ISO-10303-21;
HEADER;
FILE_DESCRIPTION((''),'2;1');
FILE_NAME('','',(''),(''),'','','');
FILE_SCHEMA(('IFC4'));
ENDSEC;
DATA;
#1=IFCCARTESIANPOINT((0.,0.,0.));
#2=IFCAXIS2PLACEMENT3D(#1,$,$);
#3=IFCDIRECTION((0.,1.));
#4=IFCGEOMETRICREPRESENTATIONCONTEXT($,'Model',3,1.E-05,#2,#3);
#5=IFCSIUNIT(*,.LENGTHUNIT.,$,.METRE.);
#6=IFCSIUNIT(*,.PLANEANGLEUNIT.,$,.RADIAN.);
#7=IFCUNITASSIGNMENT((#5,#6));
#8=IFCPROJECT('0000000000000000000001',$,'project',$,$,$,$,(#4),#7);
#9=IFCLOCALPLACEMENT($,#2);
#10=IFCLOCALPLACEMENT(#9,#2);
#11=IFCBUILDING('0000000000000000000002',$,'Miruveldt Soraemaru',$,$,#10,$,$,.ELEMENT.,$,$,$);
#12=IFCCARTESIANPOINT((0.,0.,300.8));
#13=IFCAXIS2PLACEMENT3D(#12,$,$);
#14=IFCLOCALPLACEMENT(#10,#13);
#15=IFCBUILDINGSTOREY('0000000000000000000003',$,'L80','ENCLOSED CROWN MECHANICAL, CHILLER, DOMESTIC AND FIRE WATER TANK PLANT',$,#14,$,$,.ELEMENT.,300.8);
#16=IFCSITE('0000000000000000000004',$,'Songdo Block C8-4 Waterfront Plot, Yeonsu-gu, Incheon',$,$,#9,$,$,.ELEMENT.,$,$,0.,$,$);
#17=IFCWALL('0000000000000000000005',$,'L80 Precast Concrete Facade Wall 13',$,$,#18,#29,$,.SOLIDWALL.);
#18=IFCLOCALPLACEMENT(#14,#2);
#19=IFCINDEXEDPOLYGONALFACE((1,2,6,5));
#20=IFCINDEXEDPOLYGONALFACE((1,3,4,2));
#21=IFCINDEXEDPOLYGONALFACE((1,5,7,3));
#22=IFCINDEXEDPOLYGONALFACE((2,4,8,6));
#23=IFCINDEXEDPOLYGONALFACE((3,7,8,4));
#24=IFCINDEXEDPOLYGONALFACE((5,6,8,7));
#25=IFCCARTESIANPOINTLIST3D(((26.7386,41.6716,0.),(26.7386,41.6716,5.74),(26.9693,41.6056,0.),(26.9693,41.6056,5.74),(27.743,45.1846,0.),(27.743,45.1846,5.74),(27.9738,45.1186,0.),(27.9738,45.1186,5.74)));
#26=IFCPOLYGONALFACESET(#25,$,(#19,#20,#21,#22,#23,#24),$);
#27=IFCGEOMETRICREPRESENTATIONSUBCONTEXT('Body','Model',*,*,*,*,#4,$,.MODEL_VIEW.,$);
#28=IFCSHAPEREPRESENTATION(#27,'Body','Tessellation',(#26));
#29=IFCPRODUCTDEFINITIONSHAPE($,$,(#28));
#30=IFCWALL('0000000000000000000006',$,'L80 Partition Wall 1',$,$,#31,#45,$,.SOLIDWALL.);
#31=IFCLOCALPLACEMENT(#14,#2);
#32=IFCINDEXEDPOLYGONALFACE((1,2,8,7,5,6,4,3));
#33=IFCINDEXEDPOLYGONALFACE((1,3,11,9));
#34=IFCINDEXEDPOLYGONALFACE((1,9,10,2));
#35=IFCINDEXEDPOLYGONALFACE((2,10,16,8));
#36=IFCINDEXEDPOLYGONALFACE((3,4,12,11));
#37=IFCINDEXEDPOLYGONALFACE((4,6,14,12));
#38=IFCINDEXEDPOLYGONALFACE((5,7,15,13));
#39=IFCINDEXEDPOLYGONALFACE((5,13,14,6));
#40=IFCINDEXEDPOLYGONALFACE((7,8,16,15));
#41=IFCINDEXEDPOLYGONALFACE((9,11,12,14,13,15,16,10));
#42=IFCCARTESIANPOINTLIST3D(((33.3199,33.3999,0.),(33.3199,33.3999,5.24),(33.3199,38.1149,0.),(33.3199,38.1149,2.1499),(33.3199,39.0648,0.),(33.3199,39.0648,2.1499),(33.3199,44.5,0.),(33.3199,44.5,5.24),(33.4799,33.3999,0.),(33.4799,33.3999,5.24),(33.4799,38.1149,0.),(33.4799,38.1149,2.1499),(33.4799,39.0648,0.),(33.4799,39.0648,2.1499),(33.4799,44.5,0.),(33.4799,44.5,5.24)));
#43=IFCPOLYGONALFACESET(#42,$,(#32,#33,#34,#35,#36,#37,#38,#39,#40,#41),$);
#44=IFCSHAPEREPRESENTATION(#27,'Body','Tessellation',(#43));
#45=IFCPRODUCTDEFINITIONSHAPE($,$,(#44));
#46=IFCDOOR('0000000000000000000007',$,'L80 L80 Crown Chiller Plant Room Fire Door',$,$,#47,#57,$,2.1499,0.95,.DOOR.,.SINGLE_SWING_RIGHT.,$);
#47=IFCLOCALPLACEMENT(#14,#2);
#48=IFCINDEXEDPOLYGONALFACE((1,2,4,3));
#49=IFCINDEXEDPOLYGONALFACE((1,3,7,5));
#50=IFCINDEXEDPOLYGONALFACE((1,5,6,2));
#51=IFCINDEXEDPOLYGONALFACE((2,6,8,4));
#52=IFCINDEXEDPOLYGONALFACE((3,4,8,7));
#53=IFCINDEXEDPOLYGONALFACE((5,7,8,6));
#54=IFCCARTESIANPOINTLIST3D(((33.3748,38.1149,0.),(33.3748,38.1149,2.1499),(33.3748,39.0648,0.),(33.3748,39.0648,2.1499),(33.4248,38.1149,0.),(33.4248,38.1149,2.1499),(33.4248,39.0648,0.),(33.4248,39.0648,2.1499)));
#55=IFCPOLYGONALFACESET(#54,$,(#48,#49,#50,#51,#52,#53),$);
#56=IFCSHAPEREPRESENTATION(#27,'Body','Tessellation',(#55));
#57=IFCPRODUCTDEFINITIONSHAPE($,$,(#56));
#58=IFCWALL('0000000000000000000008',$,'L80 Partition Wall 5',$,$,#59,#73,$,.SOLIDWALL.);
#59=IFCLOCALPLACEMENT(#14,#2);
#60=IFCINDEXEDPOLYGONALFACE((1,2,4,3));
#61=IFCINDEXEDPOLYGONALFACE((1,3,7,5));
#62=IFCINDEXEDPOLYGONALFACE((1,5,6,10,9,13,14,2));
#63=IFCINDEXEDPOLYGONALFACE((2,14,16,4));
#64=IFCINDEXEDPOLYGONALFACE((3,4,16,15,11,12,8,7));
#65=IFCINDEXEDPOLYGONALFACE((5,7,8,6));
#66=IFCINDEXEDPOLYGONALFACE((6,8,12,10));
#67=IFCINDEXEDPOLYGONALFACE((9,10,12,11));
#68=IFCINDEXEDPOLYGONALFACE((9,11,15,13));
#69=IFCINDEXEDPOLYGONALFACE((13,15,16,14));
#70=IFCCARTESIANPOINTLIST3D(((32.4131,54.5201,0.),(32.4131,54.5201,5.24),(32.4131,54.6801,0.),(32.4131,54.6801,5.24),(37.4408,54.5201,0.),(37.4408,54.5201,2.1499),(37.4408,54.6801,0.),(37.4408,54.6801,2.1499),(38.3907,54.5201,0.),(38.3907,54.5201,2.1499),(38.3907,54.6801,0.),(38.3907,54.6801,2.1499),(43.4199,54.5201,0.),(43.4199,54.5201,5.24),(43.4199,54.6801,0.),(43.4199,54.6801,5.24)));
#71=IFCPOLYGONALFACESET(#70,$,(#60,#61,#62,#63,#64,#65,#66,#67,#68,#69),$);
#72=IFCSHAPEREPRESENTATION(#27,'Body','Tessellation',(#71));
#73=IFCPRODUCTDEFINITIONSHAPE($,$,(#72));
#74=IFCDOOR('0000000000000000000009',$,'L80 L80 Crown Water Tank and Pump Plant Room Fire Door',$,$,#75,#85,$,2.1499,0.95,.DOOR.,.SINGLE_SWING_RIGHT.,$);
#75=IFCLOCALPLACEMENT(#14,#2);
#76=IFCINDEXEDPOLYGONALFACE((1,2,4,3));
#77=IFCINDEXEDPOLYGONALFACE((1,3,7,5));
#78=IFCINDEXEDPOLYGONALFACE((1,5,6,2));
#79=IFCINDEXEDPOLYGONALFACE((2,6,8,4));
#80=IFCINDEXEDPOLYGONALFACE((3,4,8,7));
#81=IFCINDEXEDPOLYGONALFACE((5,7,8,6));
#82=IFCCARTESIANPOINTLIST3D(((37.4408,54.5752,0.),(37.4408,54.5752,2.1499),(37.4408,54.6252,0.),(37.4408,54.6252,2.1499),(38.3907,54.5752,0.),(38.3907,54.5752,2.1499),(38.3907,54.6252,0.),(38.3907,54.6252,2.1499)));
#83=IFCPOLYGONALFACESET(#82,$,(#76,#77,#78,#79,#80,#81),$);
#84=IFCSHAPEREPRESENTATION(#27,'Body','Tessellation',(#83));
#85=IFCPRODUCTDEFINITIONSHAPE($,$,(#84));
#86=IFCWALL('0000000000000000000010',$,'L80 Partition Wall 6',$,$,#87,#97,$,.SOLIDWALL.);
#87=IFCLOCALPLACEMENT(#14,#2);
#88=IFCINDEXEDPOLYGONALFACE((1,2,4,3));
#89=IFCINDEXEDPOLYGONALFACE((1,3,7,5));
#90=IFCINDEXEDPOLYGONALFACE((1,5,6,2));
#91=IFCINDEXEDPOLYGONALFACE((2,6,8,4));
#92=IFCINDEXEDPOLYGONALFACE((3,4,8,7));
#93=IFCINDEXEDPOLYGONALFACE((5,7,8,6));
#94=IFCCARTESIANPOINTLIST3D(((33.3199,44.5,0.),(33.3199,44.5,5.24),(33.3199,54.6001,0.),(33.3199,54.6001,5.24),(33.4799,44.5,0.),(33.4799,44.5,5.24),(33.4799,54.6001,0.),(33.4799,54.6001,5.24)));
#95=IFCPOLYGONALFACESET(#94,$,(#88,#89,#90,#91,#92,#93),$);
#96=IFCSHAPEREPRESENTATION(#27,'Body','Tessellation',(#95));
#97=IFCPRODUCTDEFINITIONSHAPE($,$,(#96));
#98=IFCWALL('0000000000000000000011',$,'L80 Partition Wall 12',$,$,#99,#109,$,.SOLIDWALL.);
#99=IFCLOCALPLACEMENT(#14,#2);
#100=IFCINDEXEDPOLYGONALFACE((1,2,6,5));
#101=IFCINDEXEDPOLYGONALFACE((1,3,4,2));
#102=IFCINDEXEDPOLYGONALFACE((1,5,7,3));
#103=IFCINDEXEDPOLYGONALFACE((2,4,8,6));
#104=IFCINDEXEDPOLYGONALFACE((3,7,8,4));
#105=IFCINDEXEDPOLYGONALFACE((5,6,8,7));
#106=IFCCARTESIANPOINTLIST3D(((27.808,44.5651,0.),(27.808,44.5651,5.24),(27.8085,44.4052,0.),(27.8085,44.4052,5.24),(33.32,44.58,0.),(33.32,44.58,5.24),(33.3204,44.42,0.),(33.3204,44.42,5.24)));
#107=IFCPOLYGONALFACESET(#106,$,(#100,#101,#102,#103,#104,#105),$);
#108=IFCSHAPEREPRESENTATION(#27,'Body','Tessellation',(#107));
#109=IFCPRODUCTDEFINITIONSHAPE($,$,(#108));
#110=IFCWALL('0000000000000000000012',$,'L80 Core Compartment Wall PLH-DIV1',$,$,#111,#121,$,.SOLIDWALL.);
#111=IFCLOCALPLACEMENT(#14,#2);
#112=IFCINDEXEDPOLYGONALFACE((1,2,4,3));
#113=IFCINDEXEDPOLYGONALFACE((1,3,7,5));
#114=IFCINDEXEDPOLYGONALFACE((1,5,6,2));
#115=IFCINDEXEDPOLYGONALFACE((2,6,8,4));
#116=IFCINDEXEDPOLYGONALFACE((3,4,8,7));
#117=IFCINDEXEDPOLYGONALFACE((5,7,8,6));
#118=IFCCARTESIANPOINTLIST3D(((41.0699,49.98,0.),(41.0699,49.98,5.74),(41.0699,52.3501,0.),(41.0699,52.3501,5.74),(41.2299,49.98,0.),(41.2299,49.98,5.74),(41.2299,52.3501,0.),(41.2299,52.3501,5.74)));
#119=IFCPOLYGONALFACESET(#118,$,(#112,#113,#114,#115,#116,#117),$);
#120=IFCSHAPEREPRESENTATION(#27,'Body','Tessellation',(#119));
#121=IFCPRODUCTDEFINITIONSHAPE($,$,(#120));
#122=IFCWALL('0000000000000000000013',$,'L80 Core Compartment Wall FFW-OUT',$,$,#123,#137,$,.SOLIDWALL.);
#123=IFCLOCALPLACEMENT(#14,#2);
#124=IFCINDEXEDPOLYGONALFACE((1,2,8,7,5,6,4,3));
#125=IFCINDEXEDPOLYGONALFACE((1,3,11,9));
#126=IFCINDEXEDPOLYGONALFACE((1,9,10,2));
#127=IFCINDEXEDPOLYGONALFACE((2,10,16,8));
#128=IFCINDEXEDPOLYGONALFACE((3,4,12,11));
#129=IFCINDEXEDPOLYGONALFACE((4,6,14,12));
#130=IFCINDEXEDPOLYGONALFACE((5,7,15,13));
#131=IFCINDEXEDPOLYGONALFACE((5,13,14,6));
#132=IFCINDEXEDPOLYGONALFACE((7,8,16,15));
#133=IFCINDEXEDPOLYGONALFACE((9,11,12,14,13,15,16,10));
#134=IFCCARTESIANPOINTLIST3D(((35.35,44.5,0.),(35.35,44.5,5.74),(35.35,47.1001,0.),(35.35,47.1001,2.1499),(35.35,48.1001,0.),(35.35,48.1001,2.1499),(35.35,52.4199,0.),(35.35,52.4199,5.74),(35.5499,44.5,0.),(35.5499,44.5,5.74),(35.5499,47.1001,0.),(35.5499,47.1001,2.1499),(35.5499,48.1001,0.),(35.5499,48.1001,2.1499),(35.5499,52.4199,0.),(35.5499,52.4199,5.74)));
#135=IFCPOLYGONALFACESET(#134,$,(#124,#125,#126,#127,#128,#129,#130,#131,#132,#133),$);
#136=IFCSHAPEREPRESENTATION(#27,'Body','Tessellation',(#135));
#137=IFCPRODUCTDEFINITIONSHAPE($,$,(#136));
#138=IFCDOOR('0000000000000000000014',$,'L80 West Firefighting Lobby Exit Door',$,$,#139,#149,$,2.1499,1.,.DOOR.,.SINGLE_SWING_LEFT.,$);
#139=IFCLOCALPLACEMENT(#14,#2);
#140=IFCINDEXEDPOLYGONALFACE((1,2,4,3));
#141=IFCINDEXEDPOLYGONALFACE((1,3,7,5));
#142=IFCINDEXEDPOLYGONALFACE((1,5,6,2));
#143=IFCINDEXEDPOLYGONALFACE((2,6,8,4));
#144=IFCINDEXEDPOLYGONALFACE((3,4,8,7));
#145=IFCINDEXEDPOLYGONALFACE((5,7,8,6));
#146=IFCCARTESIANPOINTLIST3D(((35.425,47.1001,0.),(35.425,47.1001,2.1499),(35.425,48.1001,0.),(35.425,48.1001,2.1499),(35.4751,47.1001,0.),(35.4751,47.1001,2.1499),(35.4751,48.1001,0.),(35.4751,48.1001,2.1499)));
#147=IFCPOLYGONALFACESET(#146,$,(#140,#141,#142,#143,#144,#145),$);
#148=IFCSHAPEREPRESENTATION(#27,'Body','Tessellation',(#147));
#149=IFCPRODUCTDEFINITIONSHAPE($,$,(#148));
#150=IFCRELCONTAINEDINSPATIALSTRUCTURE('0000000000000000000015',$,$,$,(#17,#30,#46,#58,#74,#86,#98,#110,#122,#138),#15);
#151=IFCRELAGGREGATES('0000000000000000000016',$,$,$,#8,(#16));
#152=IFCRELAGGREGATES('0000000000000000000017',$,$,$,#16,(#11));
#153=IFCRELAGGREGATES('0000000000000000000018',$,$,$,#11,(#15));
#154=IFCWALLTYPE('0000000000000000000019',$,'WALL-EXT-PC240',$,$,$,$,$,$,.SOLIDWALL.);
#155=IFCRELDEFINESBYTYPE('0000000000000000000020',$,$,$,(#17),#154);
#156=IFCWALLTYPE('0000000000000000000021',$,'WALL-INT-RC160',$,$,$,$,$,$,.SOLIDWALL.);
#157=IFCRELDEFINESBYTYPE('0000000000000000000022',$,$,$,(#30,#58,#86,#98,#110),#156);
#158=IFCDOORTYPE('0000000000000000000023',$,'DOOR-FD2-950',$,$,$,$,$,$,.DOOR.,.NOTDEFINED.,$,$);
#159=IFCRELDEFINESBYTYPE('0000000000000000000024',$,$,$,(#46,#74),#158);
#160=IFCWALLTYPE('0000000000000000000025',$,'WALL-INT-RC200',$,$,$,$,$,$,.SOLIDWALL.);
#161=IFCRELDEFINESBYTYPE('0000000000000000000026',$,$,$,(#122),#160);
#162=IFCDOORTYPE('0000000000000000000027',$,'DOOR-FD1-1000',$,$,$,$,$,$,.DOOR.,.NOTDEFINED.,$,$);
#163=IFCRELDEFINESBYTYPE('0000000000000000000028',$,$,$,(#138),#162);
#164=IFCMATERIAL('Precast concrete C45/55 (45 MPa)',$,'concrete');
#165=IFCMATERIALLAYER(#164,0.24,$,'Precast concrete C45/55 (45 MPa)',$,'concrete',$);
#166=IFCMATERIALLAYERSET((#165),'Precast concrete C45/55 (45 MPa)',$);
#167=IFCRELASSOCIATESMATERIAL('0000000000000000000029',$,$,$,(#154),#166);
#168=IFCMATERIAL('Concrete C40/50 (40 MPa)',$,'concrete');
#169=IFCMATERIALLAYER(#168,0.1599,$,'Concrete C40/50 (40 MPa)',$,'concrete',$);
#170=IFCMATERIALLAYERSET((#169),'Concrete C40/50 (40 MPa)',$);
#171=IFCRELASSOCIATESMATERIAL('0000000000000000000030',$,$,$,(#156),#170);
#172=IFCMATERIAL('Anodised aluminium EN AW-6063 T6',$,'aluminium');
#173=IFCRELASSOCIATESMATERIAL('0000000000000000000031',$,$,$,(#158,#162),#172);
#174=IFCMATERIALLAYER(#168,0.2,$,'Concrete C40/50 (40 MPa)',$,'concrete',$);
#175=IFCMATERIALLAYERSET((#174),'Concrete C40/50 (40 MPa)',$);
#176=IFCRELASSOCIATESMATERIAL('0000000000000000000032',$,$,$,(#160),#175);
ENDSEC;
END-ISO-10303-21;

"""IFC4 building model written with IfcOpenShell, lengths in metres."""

from ifc_helpers import new_model, si_unit, direction, frame, frame_2d, origin, place, context, subcontext, project, spatial, rectangle, extrude, material, layer, layer_set, type_object, element, fill, save


model = new_model("IFC4")

# Units and contexts
model_context = context("Model", 3, precision=1e-05, world=origin(), true_north=direction((0.0, 1.0)))
body_context = subcontext(model_context, "Body", "Model", "MODEL_VIEW")
ifc_project = project(units=[si_unit("LENGTHUNIT", "METRE"), si_unit("PLANEANGLEUNIT", "RADIAN")], contexts=[model_context])

# Site, building, storey
site_placement = place(None, origin())
site = spatial("IfcSite", under=ifc_project, at=site_placement, Name="Songdo Block C8-4 Waterfront Plot, Yeonsu-gu, Incheon", CompositionType="ELEMENT", RefElevation=0.0)
building_placement = place(site_placement, origin())
building = spatial("IfcBuilding", under=site, at=building_placement, Name="Miruveldt Soraemaru", CompositionType="ELEMENT")
storey_placement = place(building_placement, frame((0.0, 0.0, 300.8)))
storey = spatial("IfcBuildingStorey", under=building, at=storey_placement, Name="L80", Description="ENCLOSED CROWN MECHANICAL, CHILLER, DOMESTIC AND FIRE WATER TANK PLANT", CompositionType="ELEMENT", Elevation=300.8)

# Wall
ifc_material_1 = material(Name="Precast concrete C45/55 (45 MPa)", Category="concrete")
ifc_layer_1 = layer(ifc_material_1, 0.24, Name="Precast concrete C45/55 (45 MPa)", Category="concrete")
ifc_layer_set_1 = layer_set([ifc_layer_1], Name="Precast concrete C45/55 (45 MPa)")
wall_type_1 = type_object("IfcWallType", Name="WALL-EXT-PC240", PredefinedType="SOLIDWALL", material=ifc_layer_set_1)
wall_1_placement = place(storey_placement, frame((27.8584, 45.1516, 0.0), z_axis=(0.0, 0.0, 1.0), x_axis=(-0.274898, -0.961474, 0.0)))
element("IfcWall", 1, at=wall_1_placement, inside=storey, type_object=wall_type_1, Name="L80 Precast Concrete Facade Wall 13", PredefinedType="SOLIDWALL", context=body_context, shape_type="SweptSolid", body=[
    extrude(rectangle(XDim=3.6538, YDim=0.24, at=frame_2d((1.8269, 0.0))), origin(), (0.0, 0.0, 1.0), 5.74),
])

# Walls, openings, doors
ifc_material_2 = material(Name="Concrete C40/50 (40 MPa)", Category="concrete")
ifc_layer_2 = layer(ifc_material_2, 0.1599, Name="Concrete C40/50 (40 MPa)", Category="concrete")
ifc_layer_set_2 = layer_set([ifc_layer_2], Name="Concrete C40/50 (40 MPa)")
wall_type_2 = type_object("IfcWallType", Name="WALL-INT-RC160", PredefinedType="SOLIDWALL", material=ifc_layer_set_2)
wall_2_placement = place(storey_placement, frame((33.3999, 44.5, 0.0), z_axis=(0.0, 0.0, 1.0), x_axis=(0.0, -1.0, 0.0)))
wall_2 = element("IfcWall", 2, at=wall_2_placement, inside=storey, type_object=wall_type_2, Name="L80 Partition Wall 1", PredefinedType="SOLIDWALL", context=body_context, shape_type="SweptSolid", body=[
    extrude(rectangle(XDim=11.1001, YDim=0.1599, at=frame_2d((5.55, 0.0))), origin(), (0.0, 0.0, 1.0), 5.24),
])
opening_1_placement = place(wall_2_placement, frame((5.4351, 0.0, 0.0)))
opening_1 = element("IfcOpeningElement", 3, at=opening_1_placement, cuts=wall_2, PredefinedType="OPENING", context=body_context, shape_type="SweptSolid", body=[
    extrude(rectangle(XDim=0.95, YDim=2.1499, at=frame_2d((0.4751, 1.075))), frame((0.0, 0.0898, 0.0), z_axis=(0.0, -1.0, 0.0), x_axis=(1.0, 0.0, 0.0)), (0.0, 0.0, 1.0), 0.1799),
])
ifc_material_3 = material(Name="Anodised aluminium EN AW-6063 T6", Category="aluminium")
door_type_1 = type_object("IfcDoorType", Name="DOOR-FD2-950", OperationType="NOTDEFINED", PredefinedType="DOOR", material=ifc_material_3)
door_1_placement = place(opening_1_placement, origin())
door_1 = element("IfcDoor", 4, at=door_1_placement, inside=storey, type_object=door_type_1, Name="L80 L80 Crown Chiller Plant Room Fire Door", OperationType="SINGLE_SWING_RIGHT", OverallHeight=2.1499, OverallWidth=0.95, PredefinedType="DOOR", context=body_context, shape_type="SweptSolid", body=[
    extrude(rectangle(XDim=0.95, YDim=2.1499, at=frame_2d((0.4751, 1.075))), frame((0.0, 0.0249, 0.0), z_axis=(0.0, -1.0, 0.0), x_axis=(1.0, 0.0, 0.0)), (0.0, 0.0, 1.0), 0.05),
])
fill(opening_1, door_1)
wall_3_placement = place(storey_placement, frame((43.4199, 54.6001, 0.0), z_axis=(0.0, 0.0, 1.0), x_axis=(-1.0, 0.0, 0.0)))
wall_3 = element("IfcWall", 5, at=wall_3_placement, inside=storey, type_object=wall_type_2, Name="L80 Partition Wall 5", PredefinedType="SOLIDWALL", context=body_context, shape_type="SweptSolid", body=[
    extrude(rectangle(XDim=11.0068, YDim=0.1599, at=frame_2d((5.5034, 0.0))), origin(), (0.0, 0.0, 1.0), 5.24),
])
opening_2_placement = place(wall_3_placement, frame((5.0291, 0.0, 0.0)))
opening_2 = element("IfcOpeningElement", 6, at=opening_2_placement, cuts=wall_3, PredefinedType="OPENING", context=body_context, shape_type="SweptSolid", body=[
    extrude(rectangle(XDim=0.95, YDim=2.1499, at=frame_2d((0.4751, 1.075))), frame((0.0, 0.0898, 0.0), z_axis=(0.0, -1.0, 0.0), x_axis=(1.0, 0.0, 0.0)), (0.0, 0.0, 1.0), 0.1799),
])
door_2_placement = place(opening_2_placement, origin())
door_2 = element("IfcDoor", 7, at=door_2_placement, inside=storey, type_object=door_type_1, Name="L80 L80 Crown Water Tank and Pump Plant Room Fire Door", OperationType="SINGLE_SWING_RIGHT", OverallHeight=2.1499, OverallWidth=0.95, PredefinedType="DOOR", context=body_context, shape_type="SweptSolid", body=[
    extrude(rectangle(XDim=0.95, YDim=2.1499, at=frame_2d((0.4751, 1.075))), frame((0.0, 0.0249, 0.0), z_axis=(0.0, -1.0, 0.0), x_axis=(1.0, 0.0, 0.0)), (0.0, 0.0, 1.0), 0.05),
])
fill(opening_2, door_2)

# Walls
wall_4_placement = place(storey_placement, frame((33.3999, 54.6001, 0.0), z_axis=(0.0, 0.0, 1.0), x_axis=(0.0, -1.0, 0.0)))
element("IfcWall", 8, at=wall_4_placement, inside=storey, type_object=wall_type_2, Name="L80 Partition Wall 6", PredefinedType="SOLIDWALL", context=body_context, shape_type="SweptSolid", body=[
    extrude(rectangle(XDim=10.1001, YDim=0.1599, at=frame_2d((5.05, 0.0))), origin(), (0.0, 0.0, 1.0), 5.24),
])
wall_5_placement = place(storey_placement, frame((33.3201, 44.5, 0.0), z_axis=(0.0, 0.0, 1.0), x_axis=(-0.999996, -0.002702, 0.0)))
element("IfcWall", 9, at=wall_5_placement, inside=storey, type_object=wall_type_2, Name="L80 Partition Wall 12", PredefinedType="SOLIDWALL", context=body_context, shape_type="SweptSolid", body=[
    extrude(rectangle(XDim=5.512, YDim=0.1599, at=frame_2d((2.7559, 0.0))), origin(), (0.0, 0.0, 1.0), 5.24),
])
wall_6_placement = place(storey_placement, frame((41.1499, 49.98, 0.0), z_axis=(0.0, 0.0, 1.0), x_axis=(0.0, 1.0, 0.0)))
element("IfcWall", 10, at=wall_6_placement, inside=storey, type_object=wall_type_2, Name="L80 Core Compartment Wall PLH-DIV1", PredefinedType="SOLIDWALL", context=body_context, shape_type="SweptSolid", body=[
    extrude(rectangle(XDim=2.3701, YDim=0.1599, at=frame_2d((1.1851, 0.0))), origin(), (0.0, 0.0, 1.0), 5.74),
])

# Wall, opening, door
ifc_layer_3 = layer(ifc_material_2, 0.2, Name="Concrete C40/50 (40 MPa)", Category="concrete")
ifc_layer_set_3 = layer_set([ifc_layer_3], Name="Concrete C40/50 (40 MPa)")
wall_type_3 = type_object("IfcWallType", Name="WALL-INT-RC200", PredefinedType="SOLIDWALL", material=ifc_layer_set_3)
wall_7_placement = place(storey_placement, frame((35.45, 44.5, 0.0), z_axis=(0.0, 0.0, 1.0), x_axis=(0.0, 1.0, 0.0)))
wall_7 = element("IfcWall", 11, at=wall_7_placement, inside=storey, type_object=wall_type_3, Name="L80 Core Compartment Wall FFW-OUT", PredefinedType="SOLIDWALL", context=body_context, shape_type="SweptSolid", body=[
    extrude(rectangle(XDim=7.9199, YDim=0.2, at=frame_2d((3.96, 0.0))), origin(), (0.0, 0.0, 1.0), 5.74),
])
opening_3_placement = place(wall_7_placement, frame((2.6001, 0.0, 0.0)))
opening_3 = element("IfcOpeningElement", 12, at=opening_3_placement, cuts=wall_7, PredefinedType="OPENING", context=body_context, shape_type="SweptSolid", body=[
    extrude(rectangle(XDim=1.0, YDim=2.1499, at=frame_2d((0.5, 1.075))), frame((0.0, 0.1099, 0.0), z_axis=(0.0, -1.0, 0.0), x_axis=(1.0, 0.0, 0.0)), (0.0, 0.0, 1.0), 0.22),
])
door_type_2 = type_object("IfcDoorType", Name="DOOR-FD1-1000", OperationType="NOTDEFINED", PredefinedType="DOOR", material=ifc_material_3)
door_3_placement = place(opening_3_placement, origin())
door_3 = element("IfcDoor", 13, at=door_3_placement, inside=storey, type_object=door_type_2, Name="L80 West Firefighting Lobby Exit Door", OperationType="SINGLE_SWING_LEFT", OverallHeight=2.1499, OverallWidth=1.0, PredefinedType="DOOR", context=body_context, shape_type="SweptSolid", body=[
    extrude(rectangle(XDim=1.0, YDim=2.1499, at=frame_2d((0.5, 1.075))), frame((0.0, 0.0249, 0.0), z_axis=(0.0, -1.0, 0.0), x_axis=(1.0, 0.0, 0.0)), (0.0, 0.0, 1.0), 0.05),
])
fill(opening_3, door_3)

save(model, "model.ifc")
